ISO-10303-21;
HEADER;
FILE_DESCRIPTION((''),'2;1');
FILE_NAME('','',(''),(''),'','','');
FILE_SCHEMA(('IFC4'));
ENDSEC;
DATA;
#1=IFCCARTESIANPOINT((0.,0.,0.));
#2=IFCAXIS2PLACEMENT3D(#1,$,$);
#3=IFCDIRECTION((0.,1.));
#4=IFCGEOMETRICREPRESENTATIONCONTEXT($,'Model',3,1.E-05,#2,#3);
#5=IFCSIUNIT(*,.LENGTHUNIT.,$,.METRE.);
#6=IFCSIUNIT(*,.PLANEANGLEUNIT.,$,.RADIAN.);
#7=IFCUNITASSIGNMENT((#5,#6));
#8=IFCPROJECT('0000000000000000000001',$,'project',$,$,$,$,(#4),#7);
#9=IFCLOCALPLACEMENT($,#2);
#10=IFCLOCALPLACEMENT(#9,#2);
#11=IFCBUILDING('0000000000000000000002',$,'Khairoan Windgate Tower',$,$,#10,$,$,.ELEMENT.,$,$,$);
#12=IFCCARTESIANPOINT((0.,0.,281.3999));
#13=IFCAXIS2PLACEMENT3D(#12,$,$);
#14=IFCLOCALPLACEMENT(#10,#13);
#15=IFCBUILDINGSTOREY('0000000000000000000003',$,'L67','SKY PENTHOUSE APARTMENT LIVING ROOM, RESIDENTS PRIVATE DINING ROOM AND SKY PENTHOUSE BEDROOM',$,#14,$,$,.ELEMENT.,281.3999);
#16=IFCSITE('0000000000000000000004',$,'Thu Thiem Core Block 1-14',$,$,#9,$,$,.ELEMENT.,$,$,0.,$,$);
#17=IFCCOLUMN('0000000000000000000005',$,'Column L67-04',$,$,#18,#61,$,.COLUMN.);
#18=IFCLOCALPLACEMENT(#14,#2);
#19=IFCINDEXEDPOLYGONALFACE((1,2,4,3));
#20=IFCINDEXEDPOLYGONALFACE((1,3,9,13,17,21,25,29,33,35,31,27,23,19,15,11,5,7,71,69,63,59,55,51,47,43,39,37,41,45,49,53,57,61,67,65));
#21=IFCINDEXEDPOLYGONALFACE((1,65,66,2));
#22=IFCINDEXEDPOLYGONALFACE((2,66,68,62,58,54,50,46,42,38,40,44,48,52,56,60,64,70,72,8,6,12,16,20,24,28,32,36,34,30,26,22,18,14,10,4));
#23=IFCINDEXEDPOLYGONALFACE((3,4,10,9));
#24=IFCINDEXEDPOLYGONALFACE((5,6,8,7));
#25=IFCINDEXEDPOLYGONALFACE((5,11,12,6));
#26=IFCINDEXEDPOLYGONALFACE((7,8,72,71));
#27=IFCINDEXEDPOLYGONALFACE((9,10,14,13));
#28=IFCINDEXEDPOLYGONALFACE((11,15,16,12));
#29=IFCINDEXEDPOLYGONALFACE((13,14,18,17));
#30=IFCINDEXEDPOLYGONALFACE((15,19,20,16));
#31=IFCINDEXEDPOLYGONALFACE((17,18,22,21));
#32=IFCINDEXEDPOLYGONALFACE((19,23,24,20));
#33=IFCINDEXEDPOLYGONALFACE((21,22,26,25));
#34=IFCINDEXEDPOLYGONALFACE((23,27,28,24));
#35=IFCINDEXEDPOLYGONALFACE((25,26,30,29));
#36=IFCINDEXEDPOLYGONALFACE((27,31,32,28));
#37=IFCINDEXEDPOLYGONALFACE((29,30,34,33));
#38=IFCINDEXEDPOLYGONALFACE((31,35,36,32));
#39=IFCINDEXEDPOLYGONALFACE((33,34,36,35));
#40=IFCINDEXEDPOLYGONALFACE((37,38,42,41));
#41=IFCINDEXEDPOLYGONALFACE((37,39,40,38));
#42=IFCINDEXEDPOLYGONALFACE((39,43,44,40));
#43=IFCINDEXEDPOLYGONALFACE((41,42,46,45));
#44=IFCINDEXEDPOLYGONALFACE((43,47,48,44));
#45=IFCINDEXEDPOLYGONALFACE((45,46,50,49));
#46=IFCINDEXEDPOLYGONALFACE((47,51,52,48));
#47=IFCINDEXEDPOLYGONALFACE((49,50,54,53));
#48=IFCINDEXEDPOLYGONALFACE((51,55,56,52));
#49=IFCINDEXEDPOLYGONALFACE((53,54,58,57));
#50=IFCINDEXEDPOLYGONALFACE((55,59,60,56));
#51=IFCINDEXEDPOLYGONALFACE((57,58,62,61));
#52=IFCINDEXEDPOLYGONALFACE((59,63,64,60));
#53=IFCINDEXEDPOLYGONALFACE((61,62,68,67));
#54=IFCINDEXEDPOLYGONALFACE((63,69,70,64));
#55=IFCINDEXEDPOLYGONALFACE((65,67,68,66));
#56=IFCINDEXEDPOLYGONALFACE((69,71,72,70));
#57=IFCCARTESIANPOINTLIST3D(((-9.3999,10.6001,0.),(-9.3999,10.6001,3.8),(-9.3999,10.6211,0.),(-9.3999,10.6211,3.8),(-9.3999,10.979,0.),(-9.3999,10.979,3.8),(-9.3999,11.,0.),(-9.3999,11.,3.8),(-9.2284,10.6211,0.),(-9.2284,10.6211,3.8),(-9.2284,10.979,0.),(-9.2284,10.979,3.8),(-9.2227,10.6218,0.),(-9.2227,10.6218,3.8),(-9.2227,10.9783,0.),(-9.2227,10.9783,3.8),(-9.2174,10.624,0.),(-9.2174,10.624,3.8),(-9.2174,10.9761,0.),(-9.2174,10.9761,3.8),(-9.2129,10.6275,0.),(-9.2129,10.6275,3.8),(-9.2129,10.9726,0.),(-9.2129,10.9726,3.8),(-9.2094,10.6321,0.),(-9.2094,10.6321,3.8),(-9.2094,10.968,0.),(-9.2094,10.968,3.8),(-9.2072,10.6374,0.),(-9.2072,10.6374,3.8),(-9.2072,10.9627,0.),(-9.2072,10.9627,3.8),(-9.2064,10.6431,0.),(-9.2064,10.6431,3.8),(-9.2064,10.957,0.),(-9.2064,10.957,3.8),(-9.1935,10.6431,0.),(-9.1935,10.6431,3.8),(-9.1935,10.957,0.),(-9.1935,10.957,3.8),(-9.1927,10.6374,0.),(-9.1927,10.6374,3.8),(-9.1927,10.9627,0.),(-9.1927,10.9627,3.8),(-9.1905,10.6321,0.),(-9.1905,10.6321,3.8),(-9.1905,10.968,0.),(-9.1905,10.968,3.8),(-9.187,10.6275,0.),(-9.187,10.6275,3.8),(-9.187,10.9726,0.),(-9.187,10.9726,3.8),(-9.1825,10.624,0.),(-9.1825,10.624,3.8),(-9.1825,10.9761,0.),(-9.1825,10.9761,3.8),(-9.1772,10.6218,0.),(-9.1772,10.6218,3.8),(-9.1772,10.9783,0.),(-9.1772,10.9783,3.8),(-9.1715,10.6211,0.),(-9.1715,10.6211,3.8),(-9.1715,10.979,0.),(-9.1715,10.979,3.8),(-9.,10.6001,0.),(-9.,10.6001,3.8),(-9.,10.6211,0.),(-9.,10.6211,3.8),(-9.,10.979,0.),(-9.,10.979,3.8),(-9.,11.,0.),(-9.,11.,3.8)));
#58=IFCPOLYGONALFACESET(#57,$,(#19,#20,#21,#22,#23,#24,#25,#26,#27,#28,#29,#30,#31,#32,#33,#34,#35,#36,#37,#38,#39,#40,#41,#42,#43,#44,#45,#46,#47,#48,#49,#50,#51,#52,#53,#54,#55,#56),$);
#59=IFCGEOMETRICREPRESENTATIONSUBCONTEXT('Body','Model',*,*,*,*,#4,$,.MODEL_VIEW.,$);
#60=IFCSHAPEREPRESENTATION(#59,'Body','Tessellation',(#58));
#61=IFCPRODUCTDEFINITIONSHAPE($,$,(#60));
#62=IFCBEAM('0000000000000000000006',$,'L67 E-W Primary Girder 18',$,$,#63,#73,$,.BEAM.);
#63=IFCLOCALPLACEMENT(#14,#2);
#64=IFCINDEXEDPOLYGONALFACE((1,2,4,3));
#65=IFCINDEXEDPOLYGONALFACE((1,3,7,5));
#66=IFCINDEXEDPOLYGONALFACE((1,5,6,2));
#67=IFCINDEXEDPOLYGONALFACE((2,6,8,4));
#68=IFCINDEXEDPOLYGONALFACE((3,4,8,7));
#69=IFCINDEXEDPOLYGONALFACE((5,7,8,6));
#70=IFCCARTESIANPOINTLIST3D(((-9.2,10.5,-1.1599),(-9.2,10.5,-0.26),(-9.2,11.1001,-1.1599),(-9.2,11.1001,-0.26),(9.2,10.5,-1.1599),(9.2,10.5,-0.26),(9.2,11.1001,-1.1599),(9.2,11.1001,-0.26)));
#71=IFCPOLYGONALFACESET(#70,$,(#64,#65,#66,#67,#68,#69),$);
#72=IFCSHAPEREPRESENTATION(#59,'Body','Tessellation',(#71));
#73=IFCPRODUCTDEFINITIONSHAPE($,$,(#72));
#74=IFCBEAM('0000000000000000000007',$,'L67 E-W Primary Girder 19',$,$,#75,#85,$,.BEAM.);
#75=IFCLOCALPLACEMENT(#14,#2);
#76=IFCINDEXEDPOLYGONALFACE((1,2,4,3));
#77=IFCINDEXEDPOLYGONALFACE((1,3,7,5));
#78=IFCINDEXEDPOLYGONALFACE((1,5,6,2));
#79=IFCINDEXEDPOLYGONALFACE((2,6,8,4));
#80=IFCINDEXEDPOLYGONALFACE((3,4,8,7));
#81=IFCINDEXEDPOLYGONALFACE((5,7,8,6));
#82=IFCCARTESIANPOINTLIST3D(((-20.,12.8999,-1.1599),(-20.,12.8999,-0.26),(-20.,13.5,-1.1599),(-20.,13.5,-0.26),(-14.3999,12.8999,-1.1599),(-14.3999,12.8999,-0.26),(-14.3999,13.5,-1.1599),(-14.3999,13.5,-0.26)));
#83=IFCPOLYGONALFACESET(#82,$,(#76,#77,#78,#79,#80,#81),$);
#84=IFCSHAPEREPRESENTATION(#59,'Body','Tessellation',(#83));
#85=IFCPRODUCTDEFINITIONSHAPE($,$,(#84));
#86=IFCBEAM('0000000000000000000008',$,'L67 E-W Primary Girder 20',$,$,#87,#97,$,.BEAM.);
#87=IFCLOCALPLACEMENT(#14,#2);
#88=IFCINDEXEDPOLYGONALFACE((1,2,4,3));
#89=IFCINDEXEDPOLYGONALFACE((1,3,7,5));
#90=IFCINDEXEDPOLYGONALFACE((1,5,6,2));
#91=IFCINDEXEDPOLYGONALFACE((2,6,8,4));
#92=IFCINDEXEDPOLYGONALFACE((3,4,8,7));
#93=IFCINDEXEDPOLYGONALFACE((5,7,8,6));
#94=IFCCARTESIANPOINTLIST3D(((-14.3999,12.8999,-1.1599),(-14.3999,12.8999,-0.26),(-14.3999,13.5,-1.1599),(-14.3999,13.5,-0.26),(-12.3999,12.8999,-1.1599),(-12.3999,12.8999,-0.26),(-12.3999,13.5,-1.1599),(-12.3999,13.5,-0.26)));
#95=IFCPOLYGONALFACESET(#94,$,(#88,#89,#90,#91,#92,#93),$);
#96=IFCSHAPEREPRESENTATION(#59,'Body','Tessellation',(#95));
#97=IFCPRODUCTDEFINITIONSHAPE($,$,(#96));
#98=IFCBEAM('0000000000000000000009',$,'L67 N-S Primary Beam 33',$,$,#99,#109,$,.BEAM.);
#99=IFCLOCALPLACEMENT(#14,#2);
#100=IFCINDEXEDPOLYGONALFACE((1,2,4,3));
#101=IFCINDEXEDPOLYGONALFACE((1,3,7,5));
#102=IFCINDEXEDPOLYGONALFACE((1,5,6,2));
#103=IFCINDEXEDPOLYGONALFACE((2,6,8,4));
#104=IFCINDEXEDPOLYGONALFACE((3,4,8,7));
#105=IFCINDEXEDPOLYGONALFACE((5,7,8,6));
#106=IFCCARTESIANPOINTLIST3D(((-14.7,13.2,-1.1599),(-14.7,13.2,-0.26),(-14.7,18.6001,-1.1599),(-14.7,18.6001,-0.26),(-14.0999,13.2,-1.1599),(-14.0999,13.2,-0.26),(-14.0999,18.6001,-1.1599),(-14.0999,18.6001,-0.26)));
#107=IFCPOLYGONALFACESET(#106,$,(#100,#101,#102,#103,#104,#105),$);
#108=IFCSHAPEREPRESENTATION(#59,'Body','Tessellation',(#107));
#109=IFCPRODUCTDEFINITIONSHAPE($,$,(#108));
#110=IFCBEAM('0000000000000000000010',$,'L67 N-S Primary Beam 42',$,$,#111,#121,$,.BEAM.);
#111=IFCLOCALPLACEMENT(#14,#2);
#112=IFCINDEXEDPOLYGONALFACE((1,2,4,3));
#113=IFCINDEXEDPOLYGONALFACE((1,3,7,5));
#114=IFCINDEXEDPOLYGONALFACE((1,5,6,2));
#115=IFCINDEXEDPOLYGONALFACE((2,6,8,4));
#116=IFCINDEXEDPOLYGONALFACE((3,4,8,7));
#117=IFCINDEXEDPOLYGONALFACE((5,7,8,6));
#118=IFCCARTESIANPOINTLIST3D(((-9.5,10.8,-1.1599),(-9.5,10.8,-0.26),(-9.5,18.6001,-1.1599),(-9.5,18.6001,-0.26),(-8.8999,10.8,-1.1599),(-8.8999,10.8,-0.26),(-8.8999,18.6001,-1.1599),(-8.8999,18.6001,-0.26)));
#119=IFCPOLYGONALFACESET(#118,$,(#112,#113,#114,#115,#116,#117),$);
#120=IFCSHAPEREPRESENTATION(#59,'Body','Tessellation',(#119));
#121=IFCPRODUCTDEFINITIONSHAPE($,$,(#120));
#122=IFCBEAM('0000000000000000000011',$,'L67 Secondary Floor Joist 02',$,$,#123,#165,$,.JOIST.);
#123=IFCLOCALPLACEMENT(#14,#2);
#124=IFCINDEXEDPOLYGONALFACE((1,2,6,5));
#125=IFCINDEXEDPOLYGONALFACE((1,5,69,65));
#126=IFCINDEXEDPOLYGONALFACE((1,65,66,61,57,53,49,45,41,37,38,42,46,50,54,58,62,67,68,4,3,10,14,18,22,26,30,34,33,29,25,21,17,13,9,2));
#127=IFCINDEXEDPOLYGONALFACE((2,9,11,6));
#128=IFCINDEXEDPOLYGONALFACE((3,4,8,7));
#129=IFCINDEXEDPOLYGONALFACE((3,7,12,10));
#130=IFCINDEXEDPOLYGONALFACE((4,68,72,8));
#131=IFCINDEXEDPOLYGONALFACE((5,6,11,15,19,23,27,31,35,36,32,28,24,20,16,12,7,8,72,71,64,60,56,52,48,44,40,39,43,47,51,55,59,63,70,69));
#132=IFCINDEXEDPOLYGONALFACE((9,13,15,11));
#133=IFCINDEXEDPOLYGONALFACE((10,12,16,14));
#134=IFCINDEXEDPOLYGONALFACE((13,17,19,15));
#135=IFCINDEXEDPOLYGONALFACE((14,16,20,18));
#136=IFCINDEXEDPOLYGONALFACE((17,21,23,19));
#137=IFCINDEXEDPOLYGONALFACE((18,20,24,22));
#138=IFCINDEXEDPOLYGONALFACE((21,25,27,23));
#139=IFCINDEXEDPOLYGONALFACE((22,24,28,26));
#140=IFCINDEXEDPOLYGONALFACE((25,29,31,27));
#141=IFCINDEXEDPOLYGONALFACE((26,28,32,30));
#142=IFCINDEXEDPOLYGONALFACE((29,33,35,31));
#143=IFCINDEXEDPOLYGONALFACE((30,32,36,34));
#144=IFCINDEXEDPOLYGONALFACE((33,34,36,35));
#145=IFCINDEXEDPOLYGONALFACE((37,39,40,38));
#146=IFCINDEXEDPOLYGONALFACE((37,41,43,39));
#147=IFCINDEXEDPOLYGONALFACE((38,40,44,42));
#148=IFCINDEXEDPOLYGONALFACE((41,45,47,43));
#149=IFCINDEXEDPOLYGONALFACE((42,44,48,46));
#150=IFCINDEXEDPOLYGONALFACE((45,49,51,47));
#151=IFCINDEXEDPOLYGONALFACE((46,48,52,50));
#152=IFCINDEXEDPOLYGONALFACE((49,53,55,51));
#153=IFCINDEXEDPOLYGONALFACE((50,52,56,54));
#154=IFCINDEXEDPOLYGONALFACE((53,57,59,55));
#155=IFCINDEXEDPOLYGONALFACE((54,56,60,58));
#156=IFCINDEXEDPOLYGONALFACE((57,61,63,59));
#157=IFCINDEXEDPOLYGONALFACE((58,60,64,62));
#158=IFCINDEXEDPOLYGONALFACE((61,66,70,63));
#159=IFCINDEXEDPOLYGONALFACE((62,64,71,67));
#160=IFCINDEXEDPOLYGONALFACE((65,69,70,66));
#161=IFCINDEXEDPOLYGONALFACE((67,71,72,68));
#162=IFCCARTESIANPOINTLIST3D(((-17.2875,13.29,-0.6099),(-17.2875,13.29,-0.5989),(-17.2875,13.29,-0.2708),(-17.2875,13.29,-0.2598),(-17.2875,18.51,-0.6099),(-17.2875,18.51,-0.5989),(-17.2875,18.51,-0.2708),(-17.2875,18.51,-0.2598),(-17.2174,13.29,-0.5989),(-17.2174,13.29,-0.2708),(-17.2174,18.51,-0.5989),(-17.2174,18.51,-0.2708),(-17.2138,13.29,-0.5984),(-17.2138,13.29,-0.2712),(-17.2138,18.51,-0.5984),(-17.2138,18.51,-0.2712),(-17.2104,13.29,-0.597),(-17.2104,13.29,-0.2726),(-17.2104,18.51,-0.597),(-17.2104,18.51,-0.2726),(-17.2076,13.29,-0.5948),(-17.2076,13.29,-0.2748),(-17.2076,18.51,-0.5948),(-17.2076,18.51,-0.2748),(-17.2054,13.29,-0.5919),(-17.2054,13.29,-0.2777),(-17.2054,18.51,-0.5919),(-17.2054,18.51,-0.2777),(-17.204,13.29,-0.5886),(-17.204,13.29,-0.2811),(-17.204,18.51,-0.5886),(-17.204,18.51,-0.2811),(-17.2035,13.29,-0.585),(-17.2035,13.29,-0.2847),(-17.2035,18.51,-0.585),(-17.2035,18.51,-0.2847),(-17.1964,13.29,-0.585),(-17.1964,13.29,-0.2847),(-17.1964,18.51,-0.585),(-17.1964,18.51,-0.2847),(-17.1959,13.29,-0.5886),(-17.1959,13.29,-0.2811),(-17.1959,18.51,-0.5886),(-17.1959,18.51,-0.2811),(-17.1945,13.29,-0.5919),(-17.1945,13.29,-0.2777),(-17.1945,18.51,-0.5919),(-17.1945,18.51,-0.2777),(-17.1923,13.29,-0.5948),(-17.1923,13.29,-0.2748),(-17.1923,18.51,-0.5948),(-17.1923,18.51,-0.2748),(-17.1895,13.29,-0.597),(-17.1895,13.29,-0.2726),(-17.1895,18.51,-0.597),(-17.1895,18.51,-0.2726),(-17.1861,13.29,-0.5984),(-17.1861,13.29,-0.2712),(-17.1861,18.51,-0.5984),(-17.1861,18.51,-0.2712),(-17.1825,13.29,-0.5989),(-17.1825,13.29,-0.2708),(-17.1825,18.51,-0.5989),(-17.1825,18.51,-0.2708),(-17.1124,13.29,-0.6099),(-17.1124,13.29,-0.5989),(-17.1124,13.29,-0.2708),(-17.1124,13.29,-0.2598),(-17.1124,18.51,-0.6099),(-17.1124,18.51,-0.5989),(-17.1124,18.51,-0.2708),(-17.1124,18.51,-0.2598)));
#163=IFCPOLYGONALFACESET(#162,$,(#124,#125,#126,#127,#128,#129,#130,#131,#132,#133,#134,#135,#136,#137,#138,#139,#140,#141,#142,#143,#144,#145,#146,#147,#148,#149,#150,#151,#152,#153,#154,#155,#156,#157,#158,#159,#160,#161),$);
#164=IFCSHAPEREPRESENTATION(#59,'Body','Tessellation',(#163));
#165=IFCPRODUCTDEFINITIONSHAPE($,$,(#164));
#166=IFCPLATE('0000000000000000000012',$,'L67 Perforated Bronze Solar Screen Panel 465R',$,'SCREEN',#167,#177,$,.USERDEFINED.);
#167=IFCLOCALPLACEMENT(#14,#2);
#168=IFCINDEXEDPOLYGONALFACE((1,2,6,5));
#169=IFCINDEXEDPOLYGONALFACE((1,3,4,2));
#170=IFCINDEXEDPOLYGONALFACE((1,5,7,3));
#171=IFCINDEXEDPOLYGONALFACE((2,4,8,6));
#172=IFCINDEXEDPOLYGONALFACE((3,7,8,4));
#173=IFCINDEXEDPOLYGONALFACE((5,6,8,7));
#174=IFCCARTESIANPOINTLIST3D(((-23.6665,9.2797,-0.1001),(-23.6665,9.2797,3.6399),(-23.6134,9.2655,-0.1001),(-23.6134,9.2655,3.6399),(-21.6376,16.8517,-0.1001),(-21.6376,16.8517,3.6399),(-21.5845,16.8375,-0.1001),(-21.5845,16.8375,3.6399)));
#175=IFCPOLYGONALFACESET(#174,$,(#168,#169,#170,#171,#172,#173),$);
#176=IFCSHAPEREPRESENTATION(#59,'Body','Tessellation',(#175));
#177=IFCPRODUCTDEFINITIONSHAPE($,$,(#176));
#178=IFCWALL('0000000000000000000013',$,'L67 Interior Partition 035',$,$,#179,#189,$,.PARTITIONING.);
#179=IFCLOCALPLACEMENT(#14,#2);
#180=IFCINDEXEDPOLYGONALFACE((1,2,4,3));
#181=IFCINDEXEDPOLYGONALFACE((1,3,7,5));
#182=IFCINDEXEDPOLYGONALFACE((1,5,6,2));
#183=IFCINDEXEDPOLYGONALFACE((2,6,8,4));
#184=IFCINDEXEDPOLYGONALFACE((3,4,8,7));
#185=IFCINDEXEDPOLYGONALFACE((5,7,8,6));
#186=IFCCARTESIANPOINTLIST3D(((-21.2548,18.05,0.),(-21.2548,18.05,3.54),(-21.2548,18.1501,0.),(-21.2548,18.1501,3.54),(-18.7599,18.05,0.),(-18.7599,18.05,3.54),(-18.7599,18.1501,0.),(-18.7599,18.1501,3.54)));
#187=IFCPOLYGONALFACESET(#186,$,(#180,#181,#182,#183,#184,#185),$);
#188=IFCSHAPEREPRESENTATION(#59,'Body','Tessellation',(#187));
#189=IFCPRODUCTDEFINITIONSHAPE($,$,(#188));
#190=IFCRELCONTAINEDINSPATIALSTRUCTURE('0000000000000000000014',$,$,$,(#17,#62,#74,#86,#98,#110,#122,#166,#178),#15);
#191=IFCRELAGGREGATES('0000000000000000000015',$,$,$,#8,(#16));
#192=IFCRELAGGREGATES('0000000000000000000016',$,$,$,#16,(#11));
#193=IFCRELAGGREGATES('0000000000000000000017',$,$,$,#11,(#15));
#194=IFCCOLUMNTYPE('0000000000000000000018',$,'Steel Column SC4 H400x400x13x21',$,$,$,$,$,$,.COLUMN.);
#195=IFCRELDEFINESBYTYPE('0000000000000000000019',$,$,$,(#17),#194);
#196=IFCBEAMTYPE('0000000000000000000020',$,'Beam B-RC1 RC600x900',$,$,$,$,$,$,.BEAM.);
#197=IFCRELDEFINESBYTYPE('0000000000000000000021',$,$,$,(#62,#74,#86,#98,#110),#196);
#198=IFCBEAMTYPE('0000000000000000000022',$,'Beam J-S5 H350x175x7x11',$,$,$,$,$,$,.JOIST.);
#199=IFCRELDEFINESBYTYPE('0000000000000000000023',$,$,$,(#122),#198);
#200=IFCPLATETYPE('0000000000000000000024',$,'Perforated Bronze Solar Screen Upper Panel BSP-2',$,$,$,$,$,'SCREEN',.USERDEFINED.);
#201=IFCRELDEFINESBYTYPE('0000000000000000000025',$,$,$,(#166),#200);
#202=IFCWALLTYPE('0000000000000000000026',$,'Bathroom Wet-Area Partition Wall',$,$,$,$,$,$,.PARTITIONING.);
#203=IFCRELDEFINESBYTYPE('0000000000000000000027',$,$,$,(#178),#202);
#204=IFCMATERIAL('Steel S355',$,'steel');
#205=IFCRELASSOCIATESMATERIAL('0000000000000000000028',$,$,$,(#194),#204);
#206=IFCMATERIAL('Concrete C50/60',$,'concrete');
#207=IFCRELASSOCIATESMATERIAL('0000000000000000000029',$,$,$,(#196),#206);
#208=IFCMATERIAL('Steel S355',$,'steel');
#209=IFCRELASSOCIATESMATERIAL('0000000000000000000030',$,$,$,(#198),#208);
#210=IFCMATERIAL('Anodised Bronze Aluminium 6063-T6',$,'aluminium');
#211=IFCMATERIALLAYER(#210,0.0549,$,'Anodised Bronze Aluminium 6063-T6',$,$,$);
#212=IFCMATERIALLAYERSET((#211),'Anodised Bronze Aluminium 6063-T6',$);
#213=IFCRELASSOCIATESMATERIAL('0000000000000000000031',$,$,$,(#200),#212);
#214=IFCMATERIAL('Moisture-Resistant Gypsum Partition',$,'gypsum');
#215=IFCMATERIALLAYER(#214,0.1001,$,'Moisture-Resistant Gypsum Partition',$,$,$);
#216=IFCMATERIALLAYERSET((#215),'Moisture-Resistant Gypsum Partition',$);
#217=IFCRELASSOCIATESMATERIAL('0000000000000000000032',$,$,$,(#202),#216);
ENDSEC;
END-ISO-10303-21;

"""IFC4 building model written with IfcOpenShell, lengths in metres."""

from ifc_helpers import new_model, si_unit, direction, frame, frame_2d, origin, origin_2d, place, context, subcontext, project, spatial, rectangle, i_section, extrude, material, layer, layer_set, material_profile, profile_set, type_object, element, save


model = new_model("IFC4")

# Units and contexts
model_context = context("Model", 3, precision=1e-05, world=origin(), true_north=direction((0.0, 1.0)))
body_context = subcontext(model_context, "Body", "Model", "MODEL_VIEW")
ifc_project = project(units=[si_unit("LENGTHUNIT", "METRE"), si_unit("PLANEANGLEUNIT", "RADIAN")], contexts=[model_context])

# Site, building, storey
site_placement = place(None, origin())
site = spatial("IfcSite", under=ifc_project, at=site_placement, Name="Thu Thiem Core Block 1-14", CompositionType="ELEMENT", RefElevation=0.0)
building_placement = place(site_placement, origin())
building = spatial("IfcBuilding", under=site, at=building_placement, Name="Khairoan Windgate Tower", CompositionType="ELEMENT")
storey_placement = place(building_placement, frame((0.0, 0.0, 281.3999)))
storey = spatial("IfcBuildingStorey", under=building, at=storey_placement, Name="L67", Description="SKY PENTHOUSE APARTMENT LIVING ROOM, RESIDENTS PRIVATE DINING ROOM AND SKY PENTHOUSE BEDROOM", CompositionType="ELEMENT", Elevation=281.3999)

# Column
ifc_material_1 = material(Name="Steel S355", Category="steel")
ifc_material_profile_1 = material_profile(ifc_material_1, i_section(OverallWidth=0.3999, OverallDepth=0.3999, WebThickness=0.0129, FlangeThickness=0.021, FilletRadius=0.022, at=origin_2d()))
ifc_profile_set_1 = profile_set([ifc_material_profile_1], Name="Steel S355")
column_type = type_object("IfcColumnType", Name="Steel Column SC4 H400x400x13x21", PredefinedType="COLUMN", material=ifc_profile_set_1)
column_placement = place(storey_placement, frame((-9.2, 10.8, 0.0), z_axis=(0.0, 0.0, 1.0), x_axis=(1.0, 0.0, 0.0)))
element("IfcColumn", 1, at=column_placement, inside=storey, type_object=column_type, Name="Column L67-04", PredefinedType="COLUMN", context=body_context, shape_type="SweptSolid", body=[
    extrude(i_section(OverallWidth=0.3999, OverallDepth=0.3999, WebThickness=0.0129, FlangeThickness=0.021, FilletRadius=0.022, at=origin_2d()), origin(), (0.0, 0.0, 1.0), 3.8),
])

# Beams
ifc_material_2 = material(Name="Concrete C50/60", Category="concrete")
ifc_material_profile_2 = material_profile(ifc_material_2, rectangle(XDim=0.6001, YDim=0.8999, at=origin_2d()))
ifc_profile_set_2 = profile_set([ifc_material_profile_2], Name="Concrete C50/60")
beam_type_1 = type_object("IfcBeamType", Name="Beam B-RC1 RC600x900", PredefinedType="BEAM", material=ifc_profile_set_2)
beam_1_placement = place(storey_placement, frame((-9.2, 10.8, -0.71), z_axis=(1.0, 0.0, 0.0), x_axis=(0.0, 1.0, 0.0)))
element("IfcBeam", 2, at=beam_1_placement, inside=storey, type_object=beam_type_1, Name="L67 E-W Primary Girder 18", PredefinedType="BEAM", context=body_context, shape_type="SweptSolid", body=[
    extrude(rectangle(XDim=0.6001, YDim=0.8999, at=origin_2d()), origin(), (0.0, 0.0, 1.0), 18.3999),
])
beam_2_placement = place(storey_placement, frame((-20.0, 13.2, -0.71), z_axis=(1.0, 0.0, 0.0), x_axis=(0.0, 1.0, 0.0)))
element("IfcBeam", 3, at=beam_2_placement, inside=storey, type_object=beam_type_1, Name="L67 E-W Primary Girder 19", PredefinedType="BEAM", context=body_context, shape_type="SweptSolid", body=[
    extrude(rectangle(XDim=0.6001, YDim=0.8999, at=origin_2d()), origin(), (0.0, 0.0, 1.0), 5.6001),
])
beam_3_placement = place(storey_placement, frame((-14.3999, 13.2, -0.71), z_axis=(1.0, 0.0, 0.0), x_axis=(0.0, 1.0, 0.0)))
element("IfcBeam", 4, at=beam_3_placement, inside=storey, type_object=beam_type_1, Name="L67 E-W Primary Girder 20", PredefinedType="BEAM", context=body_context, shape_type="SweptSolid", body=[
    extrude(rectangle(XDim=0.6001, YDim=0.8999, at=origin_2d()), origin(), (0.0, 0.0, 1.0), 2.0),
])
beam_4_placement = place(storey_placement, frame((-14.3999, 13.2, -0.71), z_axis=(0.0, 1.0, 0.0), x_axis=(-1.0, 0.0, 0.0)))
element("IfcBeam", 5, at=beam_4_placement, inside=storey, type_object=beam_type_1, Name="L67 N-S Primary Beam 33", PredefinedType="BEAM", context=body_context, shape_type="SweptSolid", body=[
    extrude(rectangle(XDim=0.6001, YDim=0.8999, at=origin_2d()), origin(), (0.0, 0.0, 1.0), 5.4001),
])
beam_5_placement = place(storey_placement, frame((-9.2, 10.8, -0.71), z_axis=(0.0, 1.0, 0.0), x_axis=(-1.0, 0.0, 0.0)))
element("IfcBeam", 6, at=beam_5_placement, inside=storey, type_object=beam_type_1, Name="L67 N-S Primary Beam 42", PredefinedType="BEAM", context=body_context, shape_type="SweptSolid", body=[
    extrude(rectangle(XDim=0.6001, YDim=0.8999, at=origin_2d()), origin(), (0.0, 0.0, 1.0), 7.8),
])
ifc_material_3 = material(Name="Steel S355", Category="steel")
ifc_material_profile_3 = material_profile(ifc_material_3, i_section(OverallWidth=0.175, OverallDepth=0.3501, WebThickness=0.0071, FlangeThickness=0.011, FilletRadius=0.0139, at=origin_2d()))
ifc_profile_set_3 = profile_set([ifc_material_profile_3], Name="Steel S355")
beam_type_2 = type_object("IfcBeamType", Name="Beam J-S5 H350x175x7x11", PredefinedType="JOIST", material=ifc_profile_set_3)
beam_6_placement = place(storey_placement, frame((-17.2, 13.29, -0.4348), z_axis=(0.0, 1.0, 0.0), x_axis=(-1.0, 0.0, 0.0)))
element("IfcBeam", 7, at=beam_6_placement, inside=storey, type_object=beam_type_2, Name="L67 Secondary Floor Joist 02", PredefinedType="JOIST", context=body_context, shape_type="SweptSolid", body=[
    extrude(i_section(OverallWidth=0.175, OverallDepth=0.3501, WebThickness=0.0071, FlangeThickness=0.011, FilletRadius=0.0139, at=origin_2d()), origin(), (0.0, 0.0, 1.0), 5.22),
])

# Plate
ifc_material_4 = material(Name="Anodised Bronze Aluminium 6063-T6", Category="aluminium")
ifc_layer_1 = layer(ifc_material_4, 0.0549, Name="Anodised Bronze Aluminium 6063-T6")
ifc_layer_set_1 = layer_set([ifc_layer_1], Name="Anodised Bronze Aluminium 6063-T6")
plate_type = type_object("IfcPlateType", Name="Perforated Bronze Solar Screen Upper Panel BSP-2", ElementType="SCREEN", PredefinedType="USERDEFINED", material=ifc_layer_set_1)
plate_placement = place(storey_placement, frame((-22.6255, 13.0586, -0.1001), z_axis=(0.0, 0.0, 1.0), x_axis=(0.258819, 0.965926, 0.0)))
element("IfcPlate", 8, at=plate_placement, inside=storey, type_object=plate_type, Name="L67 Perforated Bronze Solar Screen Panel 465R", ObjectType="SCREEN", PredefinedType="USERDEFINED", context=body_context, shape_type="SweptSolid", body=[
    extrude(rectangle(XDim=7.8391, YDim=0.0549, at=origin_2d()), origin(), (0.0, 0.0, 1.0), 3.74),
])

# Wall
ifc_material_5 = material(Name="Moisture-Resistant Gypsum Partition", Category="gypsum")
ifc_layer_2 = layer(ifc_material_5, 0.1001, Name="Moisture-Resistant Gypsum Partition")
ifc_layer_set_2 = layer_set([ifc_layer_2], Name="Moisture-Resistant Gypsum Partition")
wall_type_1 = type_object("IfcWallType", Name="Bathroom Wet-Area Partition Wall", PredefinedType="PARTITIONING", material=ifc_layer_set_2)
wall_1_placement = place(storey_placement, frame((-21.2549, 18.1001, 0.0), z_axis=(0.0, 0.0, 1.0), x_axis=(1.0, 0.0, 0.0)))
element("IfcWall", 9, at=wall_1_placement, inside=storey, type_object=wall_type_1, Name="L67 Interior Partition 035", PredefinedType="PARTITIONING", context=body_context, shape_type="SweptSolid", body=[
    extrude(rectangle(XDim=2.4949, YDim=0.1001, at=frame_2d((1.2476, 0.0))), origin(), (0.0, 0.0, 1.0), 3.54),
])

save(model, "model.ifc")
